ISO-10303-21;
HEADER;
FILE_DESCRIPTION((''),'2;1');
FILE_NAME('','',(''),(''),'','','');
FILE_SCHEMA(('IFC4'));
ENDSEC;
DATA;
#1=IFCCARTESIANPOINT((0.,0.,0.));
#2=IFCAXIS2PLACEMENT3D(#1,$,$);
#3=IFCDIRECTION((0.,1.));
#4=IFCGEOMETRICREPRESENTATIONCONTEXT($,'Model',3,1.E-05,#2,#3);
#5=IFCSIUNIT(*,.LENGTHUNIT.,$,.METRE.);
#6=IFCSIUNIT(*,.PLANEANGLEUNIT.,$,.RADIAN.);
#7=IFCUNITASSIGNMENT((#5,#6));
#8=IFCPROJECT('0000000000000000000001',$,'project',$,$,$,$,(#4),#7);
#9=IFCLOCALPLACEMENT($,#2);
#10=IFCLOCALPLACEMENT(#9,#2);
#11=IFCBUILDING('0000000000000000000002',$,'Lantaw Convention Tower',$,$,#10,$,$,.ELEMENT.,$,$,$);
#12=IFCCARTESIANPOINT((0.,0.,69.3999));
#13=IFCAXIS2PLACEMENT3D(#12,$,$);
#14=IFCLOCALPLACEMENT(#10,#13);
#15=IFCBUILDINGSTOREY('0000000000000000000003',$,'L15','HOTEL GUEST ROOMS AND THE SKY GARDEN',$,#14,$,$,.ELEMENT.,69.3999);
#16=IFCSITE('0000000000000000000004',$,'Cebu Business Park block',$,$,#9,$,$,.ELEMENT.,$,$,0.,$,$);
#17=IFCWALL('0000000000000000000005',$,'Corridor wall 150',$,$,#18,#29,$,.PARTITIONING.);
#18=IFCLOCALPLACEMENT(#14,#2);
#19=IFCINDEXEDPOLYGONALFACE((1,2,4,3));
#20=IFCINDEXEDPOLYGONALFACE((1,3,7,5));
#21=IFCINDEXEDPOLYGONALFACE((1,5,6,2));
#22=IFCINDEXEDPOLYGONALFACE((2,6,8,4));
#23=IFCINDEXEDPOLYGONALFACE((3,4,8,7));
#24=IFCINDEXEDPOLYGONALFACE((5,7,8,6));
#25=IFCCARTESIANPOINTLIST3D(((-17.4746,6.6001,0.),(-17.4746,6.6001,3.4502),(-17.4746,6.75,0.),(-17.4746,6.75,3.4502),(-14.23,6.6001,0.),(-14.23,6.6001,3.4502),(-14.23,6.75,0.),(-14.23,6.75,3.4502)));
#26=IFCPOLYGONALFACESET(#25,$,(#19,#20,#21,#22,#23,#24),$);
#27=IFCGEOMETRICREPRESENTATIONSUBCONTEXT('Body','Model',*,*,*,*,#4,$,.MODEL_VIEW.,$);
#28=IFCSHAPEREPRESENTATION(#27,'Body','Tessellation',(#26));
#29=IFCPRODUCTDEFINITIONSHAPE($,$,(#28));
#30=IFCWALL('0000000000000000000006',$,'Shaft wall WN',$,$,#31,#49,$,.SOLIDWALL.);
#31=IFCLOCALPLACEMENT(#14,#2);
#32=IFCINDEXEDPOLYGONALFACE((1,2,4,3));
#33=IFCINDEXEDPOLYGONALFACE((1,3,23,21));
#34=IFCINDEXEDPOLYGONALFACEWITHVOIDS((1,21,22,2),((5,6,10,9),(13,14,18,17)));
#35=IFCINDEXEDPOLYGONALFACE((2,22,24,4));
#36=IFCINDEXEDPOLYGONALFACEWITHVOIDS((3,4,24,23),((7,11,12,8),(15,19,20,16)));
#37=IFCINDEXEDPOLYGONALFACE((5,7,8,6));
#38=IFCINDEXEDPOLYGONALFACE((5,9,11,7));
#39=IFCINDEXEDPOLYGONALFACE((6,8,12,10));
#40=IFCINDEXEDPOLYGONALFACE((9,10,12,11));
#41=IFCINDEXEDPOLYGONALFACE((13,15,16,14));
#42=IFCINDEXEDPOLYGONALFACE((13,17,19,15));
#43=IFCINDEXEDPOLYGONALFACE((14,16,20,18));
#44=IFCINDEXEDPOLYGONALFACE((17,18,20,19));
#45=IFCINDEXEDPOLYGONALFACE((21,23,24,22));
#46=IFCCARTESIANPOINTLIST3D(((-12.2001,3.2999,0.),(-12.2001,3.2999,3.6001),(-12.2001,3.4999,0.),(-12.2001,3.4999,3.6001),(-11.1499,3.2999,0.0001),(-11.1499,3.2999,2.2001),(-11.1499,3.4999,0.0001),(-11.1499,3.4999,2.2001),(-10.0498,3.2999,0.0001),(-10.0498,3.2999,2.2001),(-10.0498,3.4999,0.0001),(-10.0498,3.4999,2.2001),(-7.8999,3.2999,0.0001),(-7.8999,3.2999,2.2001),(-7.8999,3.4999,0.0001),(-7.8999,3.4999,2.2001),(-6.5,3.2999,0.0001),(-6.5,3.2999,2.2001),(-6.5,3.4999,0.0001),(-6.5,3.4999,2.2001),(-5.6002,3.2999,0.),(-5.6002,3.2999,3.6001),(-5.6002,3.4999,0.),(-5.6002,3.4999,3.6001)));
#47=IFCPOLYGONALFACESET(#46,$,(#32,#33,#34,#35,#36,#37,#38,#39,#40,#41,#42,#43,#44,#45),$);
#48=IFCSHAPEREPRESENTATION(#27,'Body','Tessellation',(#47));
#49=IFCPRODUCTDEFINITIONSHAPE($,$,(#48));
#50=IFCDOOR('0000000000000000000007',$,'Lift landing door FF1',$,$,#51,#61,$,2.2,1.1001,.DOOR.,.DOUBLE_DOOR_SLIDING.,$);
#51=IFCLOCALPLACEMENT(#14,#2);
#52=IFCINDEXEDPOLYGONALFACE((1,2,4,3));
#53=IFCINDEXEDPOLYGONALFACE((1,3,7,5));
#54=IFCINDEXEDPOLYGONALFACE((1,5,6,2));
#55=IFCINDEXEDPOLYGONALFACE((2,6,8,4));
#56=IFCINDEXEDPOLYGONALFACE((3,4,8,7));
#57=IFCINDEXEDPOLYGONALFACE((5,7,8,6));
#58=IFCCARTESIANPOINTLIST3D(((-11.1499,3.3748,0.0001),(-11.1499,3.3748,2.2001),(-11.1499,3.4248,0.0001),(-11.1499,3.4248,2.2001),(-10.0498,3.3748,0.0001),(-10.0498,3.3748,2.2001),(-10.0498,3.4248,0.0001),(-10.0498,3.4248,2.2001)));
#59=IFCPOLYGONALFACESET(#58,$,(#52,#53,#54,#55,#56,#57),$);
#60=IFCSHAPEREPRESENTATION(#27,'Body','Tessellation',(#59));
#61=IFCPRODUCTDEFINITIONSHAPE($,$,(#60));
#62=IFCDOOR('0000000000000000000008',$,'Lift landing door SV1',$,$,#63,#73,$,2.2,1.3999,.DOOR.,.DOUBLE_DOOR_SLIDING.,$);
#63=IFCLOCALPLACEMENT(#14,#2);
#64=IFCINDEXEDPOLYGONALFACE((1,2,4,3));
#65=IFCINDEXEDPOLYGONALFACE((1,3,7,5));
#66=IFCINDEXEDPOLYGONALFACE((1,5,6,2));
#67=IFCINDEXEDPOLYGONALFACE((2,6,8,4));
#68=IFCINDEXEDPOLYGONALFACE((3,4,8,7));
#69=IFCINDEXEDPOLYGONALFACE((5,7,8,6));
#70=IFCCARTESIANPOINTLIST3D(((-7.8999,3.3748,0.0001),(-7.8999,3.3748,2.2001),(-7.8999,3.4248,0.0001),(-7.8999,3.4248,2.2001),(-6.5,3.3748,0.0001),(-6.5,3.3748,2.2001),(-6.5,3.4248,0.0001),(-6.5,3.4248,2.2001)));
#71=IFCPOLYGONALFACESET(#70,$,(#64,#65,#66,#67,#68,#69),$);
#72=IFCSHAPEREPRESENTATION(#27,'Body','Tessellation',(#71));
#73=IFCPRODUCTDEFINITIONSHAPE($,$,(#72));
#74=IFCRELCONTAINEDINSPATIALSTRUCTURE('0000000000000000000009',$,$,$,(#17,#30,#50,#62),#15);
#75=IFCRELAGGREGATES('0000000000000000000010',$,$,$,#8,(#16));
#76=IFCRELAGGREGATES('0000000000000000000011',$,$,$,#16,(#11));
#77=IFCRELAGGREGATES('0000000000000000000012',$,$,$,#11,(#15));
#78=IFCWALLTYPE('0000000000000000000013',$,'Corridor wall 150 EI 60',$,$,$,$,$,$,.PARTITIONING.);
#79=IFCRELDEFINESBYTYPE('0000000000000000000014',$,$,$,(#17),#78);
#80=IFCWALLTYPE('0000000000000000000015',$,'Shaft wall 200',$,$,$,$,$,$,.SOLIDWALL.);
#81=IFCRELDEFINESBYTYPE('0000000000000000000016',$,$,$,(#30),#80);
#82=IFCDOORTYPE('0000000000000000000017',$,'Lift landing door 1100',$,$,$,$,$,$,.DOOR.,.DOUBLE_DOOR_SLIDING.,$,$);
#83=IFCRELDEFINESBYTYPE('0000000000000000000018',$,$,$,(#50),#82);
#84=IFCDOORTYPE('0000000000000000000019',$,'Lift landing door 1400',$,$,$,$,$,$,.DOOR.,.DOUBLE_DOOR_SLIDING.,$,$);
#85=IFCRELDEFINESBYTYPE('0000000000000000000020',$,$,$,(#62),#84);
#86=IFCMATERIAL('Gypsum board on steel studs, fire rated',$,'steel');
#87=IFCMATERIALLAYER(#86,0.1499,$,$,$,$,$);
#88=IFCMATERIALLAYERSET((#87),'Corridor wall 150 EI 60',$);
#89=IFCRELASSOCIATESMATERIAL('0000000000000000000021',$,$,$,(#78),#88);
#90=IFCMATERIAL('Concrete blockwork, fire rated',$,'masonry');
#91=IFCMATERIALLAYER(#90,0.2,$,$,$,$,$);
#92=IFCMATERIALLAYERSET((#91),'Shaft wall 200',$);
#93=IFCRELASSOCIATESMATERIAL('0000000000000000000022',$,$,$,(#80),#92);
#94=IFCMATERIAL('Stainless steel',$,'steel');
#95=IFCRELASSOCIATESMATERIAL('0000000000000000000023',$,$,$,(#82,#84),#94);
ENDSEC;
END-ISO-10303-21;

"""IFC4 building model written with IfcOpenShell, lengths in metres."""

from ifc_helpers import new_model, si_unit, direction, frame, frame_2d, origin, place, context, subcontext, project, spatial, rectangle, extrude, material, layer, layer_set, type_object, element, fill, save


model = new_model("IFC4")

# Units and contexts
model_context = context("Model", 3, precision=1e-05, world=origin(), true_north=direction((0.0, 1.0)))
body_context = subcontext(model_context, "Body", "Model", "MODEL_VIEW")
ifc_project = project(units=[si_unit("LENGTHUNIT", "METRE"), si_unit("PLANEANGLEUNIT", "RADIAN")], contexts=[model_context])

# Site, building, storey
site_placement = place(None, origin())
site = spatial("IfcSite", under=ifc_project, at=site_placement, Name="Cebu Business Park block", CompositionType="ELEMENT", RefElevation=0.0)
building_placement = place(site_placement, origin())
building = spatial("IfcBuilding", under=site, at=building_placement, Name="Lantaw Convention Tower", CompositionType="ELEMENT")
storey_placement = place(building_placement, frame((0.0, 0.0, 69.3999)))
storey = spatial("IfcBuildingStorey", under=building, at=storey_placement, Name="L15", Description="HOTEL GUEST ROOMS AND THE SKY GARDEN", CompositionType="ELEMENT", Elevation=69.3999)

# Shared definitions
ifc_material_1 = material(Name="Gypsum board on steel studs, fire rated", Category="steel")
ifc_layer_1 = layer(ifc_material_1, 0.1499)
ifc_layer_set_1 = layer_set([ifc_layer_1], Name="Corridor wall 150 EI 60")
wall_type_1 = type_object("IfcWallType", Name="Corridor wall 150 EI 60", PredefinedType="PARTITIONING", material=ifc_layer_set_1)

# Wall
wall_1_placement = place(storey_placement, frame((-14.23, 6.675, 0.0), z_axis=(0.0, 0.0, 1.0), x_axis=(-1.0, 0.0, 0.0)))
element("IfcWall", 1, at=wall_1_placement, inside=storey, type_object=wall_type_1, Name="Corridor wall 150", PredefinedType="PARTITIONING", context=body_context, shape_type="SweptSolid", body=[
    extrude(rectangle(XDim=3.2446, YDim=0.1499, at=frame_2d((1.6223, 0.0))), origin(), (0.0, 0.0, 1.0), 3.4502),
])

# Wall, openings, doors
ifc_material_2 = material(Name="Concrete blockwork, fire rated", Category="masonry")
ifc_layer_2 = layer(ifc_material_2, 0.2)
ifc_layer_set_2 = layer_set([ifc_layer_2], Name="Shaft wall 200")
wall_type_2 = type_object("IfcWallType", Name="Shaft wall 200", PredefinedType="SOLIDWALL", material=ifc_layer_set_2)
wall_2_placement = place(storey_placement, frame((-12.2, 3.3999, 0.0), z_axis=(0.0, 0.0, 1.0), x_axis=(1.0, 0.0, 0.0)))
wall_2 = element("IfcWall", 2, at=wall_2_placement, inside=storey, type_object=wall_type_2, Name="Shaft wall WN", PredefinedType="SOLIDWALL", context=body_context, shape_type="SweptSolid", body=[
    extrude(rectangle(XDim=6.5999, YDim=0.2, at=frame_2d((3.2998, 0.0))), origin(), (0.0, 0.0, 1.0), 3.6001),
])
opening_1_placement = place(wall_2_placement, frame((1.05, 0.0, 0.0)))
opening_1 = element("IfcOpeningElement", 3, at=opening_1_placement, cuts=wall_2, PredefinedType="OPENING", context=body_context, shape_type="SweptSolid", body=[
    extrude(rectangle(XDim=1.1001, YDim=2.2, at=frame_2d((0.55, 1.1001))), frame((0.0, 0.1099, 0.0), z_axis=(0.0, -1.0, 0.0), x_axis=(1.0, 0.0, 0.0)), (0.0, 0.0, 1.0), 0.22),
])
opening_2_placement = place(wall_2_placement, frame((4.3, 0.0, 0.0)))
opening_2 = element("IfcOpeningElement", 4, at=opening_2_placement, cuts=wall_2, PredefinedType="OPENING", context=body_context, shape_type="SweptSolid", body=[
    extrude(rectangle(XDim=1.3999, YDim=2.2, at=frame_2d((0.7, 1.1001))), frame((0.0, 0.1099, 0.0), z_axis=(0.0, -1.0, 0.0), x_axis=(1.0, 0.0, 0.0)), (0.0, 0.0, 1.0), 0.22),
])
ifc_material_3 = material(Name="Stainless steel", Category="steel")
door_type_1 = type_object("IfcDoorType", Name="Lift landing door 1100", OperationType="DOUBLE_DOOR_SLIDING", PredefinedType="DOOR", material=ifc_material_3)
door_1_placement = place(opening_1_placement, origin())
door_1 = element("IfcDoor", 5, at=door_1_placement, inside=storey, type_object=door_type_1, Name="Lift landing door FF1", OperationType="DOUBLE_DOOR_SLIDING", OverallHeight=2.2, OverallWidth=1.1001, PredefinedType="DOOR", context=body_context, shape_type="SweptSolid", body=[
    extrude(rectangle(XDim=1.1001, YDim=2.2, at=frame_2d((0.55, 1.1001))), frame((0.0, 0.0249, 0.0), z_axis=(0.0, -1.0, 0.0), x_axis=(1.0, 0.0, 0.0)), (0.0, 0.0, 1.0), 0.05),
])
fill(opening_1, door_1)
door_type_2 = type_object("IfcDoorType", Name="Lift landing door 1400", OperationType="DOUBLE_DOOR_SLIDING", PredefinedType="DOOR", material=ifc_material_3)
door_2_placement = place(opening_2_placement, origin())
door_2 = element("IfcDoor", 6, at=door_2_placement, inside=storey, type_object=door_type_2, Name="Lift landing door SV1", OperationType="DOUBLE_DOOR_SLIDING", OverallHeight=2.2, OverallWidth=1.3999, PredefinedType="DOOR", context=body_context, shape_type="SweptSolid", body=[
    extrude(rectangle(XDim=1.3999, YDim=2.2, at=frame_2d((0.7, 1.1001))), frame((0.0, 0.0249, 0.0), z_axis=(0.0, -1.0, 0.0), x_axis=(1.0, 0.0, 0.0)), (0.0, 0.0, 1.0), 0.05),
])
fill(opening_2, door_2)

save(model, "model.ifc")
